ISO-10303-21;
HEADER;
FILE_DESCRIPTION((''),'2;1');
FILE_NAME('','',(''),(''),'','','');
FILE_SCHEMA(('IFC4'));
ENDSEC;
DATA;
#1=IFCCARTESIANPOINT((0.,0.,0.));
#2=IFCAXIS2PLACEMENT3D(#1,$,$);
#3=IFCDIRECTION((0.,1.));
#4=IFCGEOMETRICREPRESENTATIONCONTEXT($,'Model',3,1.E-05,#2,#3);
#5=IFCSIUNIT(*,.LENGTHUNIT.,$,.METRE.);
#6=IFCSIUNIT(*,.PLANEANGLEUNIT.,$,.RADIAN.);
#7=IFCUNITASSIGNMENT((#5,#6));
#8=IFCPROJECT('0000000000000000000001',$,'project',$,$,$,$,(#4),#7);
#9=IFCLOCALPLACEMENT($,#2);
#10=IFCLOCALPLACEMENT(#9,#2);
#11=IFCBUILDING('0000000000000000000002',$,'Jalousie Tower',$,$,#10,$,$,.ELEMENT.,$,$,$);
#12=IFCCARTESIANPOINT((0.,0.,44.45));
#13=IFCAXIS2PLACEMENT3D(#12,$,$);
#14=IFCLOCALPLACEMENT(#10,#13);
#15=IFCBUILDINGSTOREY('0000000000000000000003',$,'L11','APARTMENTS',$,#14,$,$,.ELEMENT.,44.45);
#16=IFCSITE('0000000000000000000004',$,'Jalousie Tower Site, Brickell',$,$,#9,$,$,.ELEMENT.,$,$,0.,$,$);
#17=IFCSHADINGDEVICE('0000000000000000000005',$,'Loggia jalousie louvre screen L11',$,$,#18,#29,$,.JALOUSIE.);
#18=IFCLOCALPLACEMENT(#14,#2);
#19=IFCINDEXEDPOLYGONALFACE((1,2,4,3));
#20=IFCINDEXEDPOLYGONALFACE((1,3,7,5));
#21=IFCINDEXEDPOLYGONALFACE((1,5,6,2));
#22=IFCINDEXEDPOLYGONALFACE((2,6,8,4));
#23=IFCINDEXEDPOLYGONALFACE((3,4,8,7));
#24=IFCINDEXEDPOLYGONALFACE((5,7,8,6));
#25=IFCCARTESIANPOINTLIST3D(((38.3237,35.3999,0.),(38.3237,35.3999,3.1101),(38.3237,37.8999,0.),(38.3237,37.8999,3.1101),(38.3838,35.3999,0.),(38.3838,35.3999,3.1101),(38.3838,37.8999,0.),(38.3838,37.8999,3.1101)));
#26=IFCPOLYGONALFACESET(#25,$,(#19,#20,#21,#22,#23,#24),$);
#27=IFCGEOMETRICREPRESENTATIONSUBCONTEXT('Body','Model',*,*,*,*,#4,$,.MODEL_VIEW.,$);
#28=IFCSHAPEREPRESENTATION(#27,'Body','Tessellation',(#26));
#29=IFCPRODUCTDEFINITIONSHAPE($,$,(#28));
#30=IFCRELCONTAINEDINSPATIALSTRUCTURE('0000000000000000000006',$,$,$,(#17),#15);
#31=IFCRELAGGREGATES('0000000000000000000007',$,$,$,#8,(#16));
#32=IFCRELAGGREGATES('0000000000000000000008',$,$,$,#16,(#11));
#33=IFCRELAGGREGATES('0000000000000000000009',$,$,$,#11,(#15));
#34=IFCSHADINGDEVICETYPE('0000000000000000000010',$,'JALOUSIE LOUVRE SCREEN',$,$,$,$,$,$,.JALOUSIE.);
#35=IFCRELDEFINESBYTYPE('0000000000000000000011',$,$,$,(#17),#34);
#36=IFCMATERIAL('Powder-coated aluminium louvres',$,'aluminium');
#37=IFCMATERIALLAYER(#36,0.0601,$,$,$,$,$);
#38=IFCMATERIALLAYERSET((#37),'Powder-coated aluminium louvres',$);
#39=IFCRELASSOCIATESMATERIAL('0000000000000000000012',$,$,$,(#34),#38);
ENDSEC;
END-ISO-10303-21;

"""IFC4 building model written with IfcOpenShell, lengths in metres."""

from ifc_helpers import new_model, si_unit, direction, frame, origin, origin_2d, place, context, subcontext, project, spatial, rectangle, extrude, material, layer, layer_set, type_object, element, save


model = new_model("IFC4")

# Units and contexts
model_context = context("Model", 3, precision=1e-05, world=origin(), true_north=direction((0.0, 1.0)))
body_context = subcontext(model_context, "Body", "Model", "MODEL_VIEW")
ifc_project = project(units=[si_unit("LENGTHUNIT", "METRE"), si_unit("PLANEANGLEUNIT", "RADIAN")], contexts=[model_context])

# Site, building, storey
site_placement = place(None, origin())
site = spatial("IfcSite", under=ifc_project, at=site_placement, Name="Jalousie Tower Site, Brickell", CompositionType="ELEMENT", RefElevation=0.0)
building_placement = place(site_placement, origin())
building = spatial("IfcBuilding", under=site, at=building_placement, Name="Jalousie Tower", CompositionType="ELEMENT")
storey_placement = place(building_placement, frame((0.0, 0.0, 44.45)))
storey = spatial("IfcBuildingStorey", under=building, at=storey_placement, Name="L11", Description="APARTMENTS", CompositionType="ELEMENT", Elevation=44.45)

# Shading device
ifc_material_1 = material(Name="Powder-coated aluminium louvres", Category="aluminium")
ifc_layer_1 = layer(ifc_material_1, 0.0601)
ifc_layer_set_1 = layer_set([ifc_layer_1], Name="Powder-coated aluminium louvres")
shading_device_type_1 = type_object("IfcShadingDeviceType", Name="JALOUSIE LOUVRE SCREEN", PredefinedType="JALOUSIE", material=ifc_layer_set_1)
for number, where, z_axis, x_axis, name in (
    (1, (38.3538, 36.6499, 0.0), (0.0, 0.0, 1.0), (-1.0, 0.0, 0.0), "Loggia jalousie louvre screen L11"),
):
    element("IfcShadingDevice", number, at=place(storey_placement, frame(where, z_axis=z_axis, x_axis=x_axis)), inside=storey, type_object=shading_device_type_1, Name=name, PredefinedType="JALOUSIE", context=body_context, shape_type="SweptSolid", body=[
        extrude(rectangle(XDim=0.0601, YDim=2.5, at=origin_2d()), origin(), (0.0, 0.0, 1.0), 3.1101),
    ])

save(model, "model.ifc")
